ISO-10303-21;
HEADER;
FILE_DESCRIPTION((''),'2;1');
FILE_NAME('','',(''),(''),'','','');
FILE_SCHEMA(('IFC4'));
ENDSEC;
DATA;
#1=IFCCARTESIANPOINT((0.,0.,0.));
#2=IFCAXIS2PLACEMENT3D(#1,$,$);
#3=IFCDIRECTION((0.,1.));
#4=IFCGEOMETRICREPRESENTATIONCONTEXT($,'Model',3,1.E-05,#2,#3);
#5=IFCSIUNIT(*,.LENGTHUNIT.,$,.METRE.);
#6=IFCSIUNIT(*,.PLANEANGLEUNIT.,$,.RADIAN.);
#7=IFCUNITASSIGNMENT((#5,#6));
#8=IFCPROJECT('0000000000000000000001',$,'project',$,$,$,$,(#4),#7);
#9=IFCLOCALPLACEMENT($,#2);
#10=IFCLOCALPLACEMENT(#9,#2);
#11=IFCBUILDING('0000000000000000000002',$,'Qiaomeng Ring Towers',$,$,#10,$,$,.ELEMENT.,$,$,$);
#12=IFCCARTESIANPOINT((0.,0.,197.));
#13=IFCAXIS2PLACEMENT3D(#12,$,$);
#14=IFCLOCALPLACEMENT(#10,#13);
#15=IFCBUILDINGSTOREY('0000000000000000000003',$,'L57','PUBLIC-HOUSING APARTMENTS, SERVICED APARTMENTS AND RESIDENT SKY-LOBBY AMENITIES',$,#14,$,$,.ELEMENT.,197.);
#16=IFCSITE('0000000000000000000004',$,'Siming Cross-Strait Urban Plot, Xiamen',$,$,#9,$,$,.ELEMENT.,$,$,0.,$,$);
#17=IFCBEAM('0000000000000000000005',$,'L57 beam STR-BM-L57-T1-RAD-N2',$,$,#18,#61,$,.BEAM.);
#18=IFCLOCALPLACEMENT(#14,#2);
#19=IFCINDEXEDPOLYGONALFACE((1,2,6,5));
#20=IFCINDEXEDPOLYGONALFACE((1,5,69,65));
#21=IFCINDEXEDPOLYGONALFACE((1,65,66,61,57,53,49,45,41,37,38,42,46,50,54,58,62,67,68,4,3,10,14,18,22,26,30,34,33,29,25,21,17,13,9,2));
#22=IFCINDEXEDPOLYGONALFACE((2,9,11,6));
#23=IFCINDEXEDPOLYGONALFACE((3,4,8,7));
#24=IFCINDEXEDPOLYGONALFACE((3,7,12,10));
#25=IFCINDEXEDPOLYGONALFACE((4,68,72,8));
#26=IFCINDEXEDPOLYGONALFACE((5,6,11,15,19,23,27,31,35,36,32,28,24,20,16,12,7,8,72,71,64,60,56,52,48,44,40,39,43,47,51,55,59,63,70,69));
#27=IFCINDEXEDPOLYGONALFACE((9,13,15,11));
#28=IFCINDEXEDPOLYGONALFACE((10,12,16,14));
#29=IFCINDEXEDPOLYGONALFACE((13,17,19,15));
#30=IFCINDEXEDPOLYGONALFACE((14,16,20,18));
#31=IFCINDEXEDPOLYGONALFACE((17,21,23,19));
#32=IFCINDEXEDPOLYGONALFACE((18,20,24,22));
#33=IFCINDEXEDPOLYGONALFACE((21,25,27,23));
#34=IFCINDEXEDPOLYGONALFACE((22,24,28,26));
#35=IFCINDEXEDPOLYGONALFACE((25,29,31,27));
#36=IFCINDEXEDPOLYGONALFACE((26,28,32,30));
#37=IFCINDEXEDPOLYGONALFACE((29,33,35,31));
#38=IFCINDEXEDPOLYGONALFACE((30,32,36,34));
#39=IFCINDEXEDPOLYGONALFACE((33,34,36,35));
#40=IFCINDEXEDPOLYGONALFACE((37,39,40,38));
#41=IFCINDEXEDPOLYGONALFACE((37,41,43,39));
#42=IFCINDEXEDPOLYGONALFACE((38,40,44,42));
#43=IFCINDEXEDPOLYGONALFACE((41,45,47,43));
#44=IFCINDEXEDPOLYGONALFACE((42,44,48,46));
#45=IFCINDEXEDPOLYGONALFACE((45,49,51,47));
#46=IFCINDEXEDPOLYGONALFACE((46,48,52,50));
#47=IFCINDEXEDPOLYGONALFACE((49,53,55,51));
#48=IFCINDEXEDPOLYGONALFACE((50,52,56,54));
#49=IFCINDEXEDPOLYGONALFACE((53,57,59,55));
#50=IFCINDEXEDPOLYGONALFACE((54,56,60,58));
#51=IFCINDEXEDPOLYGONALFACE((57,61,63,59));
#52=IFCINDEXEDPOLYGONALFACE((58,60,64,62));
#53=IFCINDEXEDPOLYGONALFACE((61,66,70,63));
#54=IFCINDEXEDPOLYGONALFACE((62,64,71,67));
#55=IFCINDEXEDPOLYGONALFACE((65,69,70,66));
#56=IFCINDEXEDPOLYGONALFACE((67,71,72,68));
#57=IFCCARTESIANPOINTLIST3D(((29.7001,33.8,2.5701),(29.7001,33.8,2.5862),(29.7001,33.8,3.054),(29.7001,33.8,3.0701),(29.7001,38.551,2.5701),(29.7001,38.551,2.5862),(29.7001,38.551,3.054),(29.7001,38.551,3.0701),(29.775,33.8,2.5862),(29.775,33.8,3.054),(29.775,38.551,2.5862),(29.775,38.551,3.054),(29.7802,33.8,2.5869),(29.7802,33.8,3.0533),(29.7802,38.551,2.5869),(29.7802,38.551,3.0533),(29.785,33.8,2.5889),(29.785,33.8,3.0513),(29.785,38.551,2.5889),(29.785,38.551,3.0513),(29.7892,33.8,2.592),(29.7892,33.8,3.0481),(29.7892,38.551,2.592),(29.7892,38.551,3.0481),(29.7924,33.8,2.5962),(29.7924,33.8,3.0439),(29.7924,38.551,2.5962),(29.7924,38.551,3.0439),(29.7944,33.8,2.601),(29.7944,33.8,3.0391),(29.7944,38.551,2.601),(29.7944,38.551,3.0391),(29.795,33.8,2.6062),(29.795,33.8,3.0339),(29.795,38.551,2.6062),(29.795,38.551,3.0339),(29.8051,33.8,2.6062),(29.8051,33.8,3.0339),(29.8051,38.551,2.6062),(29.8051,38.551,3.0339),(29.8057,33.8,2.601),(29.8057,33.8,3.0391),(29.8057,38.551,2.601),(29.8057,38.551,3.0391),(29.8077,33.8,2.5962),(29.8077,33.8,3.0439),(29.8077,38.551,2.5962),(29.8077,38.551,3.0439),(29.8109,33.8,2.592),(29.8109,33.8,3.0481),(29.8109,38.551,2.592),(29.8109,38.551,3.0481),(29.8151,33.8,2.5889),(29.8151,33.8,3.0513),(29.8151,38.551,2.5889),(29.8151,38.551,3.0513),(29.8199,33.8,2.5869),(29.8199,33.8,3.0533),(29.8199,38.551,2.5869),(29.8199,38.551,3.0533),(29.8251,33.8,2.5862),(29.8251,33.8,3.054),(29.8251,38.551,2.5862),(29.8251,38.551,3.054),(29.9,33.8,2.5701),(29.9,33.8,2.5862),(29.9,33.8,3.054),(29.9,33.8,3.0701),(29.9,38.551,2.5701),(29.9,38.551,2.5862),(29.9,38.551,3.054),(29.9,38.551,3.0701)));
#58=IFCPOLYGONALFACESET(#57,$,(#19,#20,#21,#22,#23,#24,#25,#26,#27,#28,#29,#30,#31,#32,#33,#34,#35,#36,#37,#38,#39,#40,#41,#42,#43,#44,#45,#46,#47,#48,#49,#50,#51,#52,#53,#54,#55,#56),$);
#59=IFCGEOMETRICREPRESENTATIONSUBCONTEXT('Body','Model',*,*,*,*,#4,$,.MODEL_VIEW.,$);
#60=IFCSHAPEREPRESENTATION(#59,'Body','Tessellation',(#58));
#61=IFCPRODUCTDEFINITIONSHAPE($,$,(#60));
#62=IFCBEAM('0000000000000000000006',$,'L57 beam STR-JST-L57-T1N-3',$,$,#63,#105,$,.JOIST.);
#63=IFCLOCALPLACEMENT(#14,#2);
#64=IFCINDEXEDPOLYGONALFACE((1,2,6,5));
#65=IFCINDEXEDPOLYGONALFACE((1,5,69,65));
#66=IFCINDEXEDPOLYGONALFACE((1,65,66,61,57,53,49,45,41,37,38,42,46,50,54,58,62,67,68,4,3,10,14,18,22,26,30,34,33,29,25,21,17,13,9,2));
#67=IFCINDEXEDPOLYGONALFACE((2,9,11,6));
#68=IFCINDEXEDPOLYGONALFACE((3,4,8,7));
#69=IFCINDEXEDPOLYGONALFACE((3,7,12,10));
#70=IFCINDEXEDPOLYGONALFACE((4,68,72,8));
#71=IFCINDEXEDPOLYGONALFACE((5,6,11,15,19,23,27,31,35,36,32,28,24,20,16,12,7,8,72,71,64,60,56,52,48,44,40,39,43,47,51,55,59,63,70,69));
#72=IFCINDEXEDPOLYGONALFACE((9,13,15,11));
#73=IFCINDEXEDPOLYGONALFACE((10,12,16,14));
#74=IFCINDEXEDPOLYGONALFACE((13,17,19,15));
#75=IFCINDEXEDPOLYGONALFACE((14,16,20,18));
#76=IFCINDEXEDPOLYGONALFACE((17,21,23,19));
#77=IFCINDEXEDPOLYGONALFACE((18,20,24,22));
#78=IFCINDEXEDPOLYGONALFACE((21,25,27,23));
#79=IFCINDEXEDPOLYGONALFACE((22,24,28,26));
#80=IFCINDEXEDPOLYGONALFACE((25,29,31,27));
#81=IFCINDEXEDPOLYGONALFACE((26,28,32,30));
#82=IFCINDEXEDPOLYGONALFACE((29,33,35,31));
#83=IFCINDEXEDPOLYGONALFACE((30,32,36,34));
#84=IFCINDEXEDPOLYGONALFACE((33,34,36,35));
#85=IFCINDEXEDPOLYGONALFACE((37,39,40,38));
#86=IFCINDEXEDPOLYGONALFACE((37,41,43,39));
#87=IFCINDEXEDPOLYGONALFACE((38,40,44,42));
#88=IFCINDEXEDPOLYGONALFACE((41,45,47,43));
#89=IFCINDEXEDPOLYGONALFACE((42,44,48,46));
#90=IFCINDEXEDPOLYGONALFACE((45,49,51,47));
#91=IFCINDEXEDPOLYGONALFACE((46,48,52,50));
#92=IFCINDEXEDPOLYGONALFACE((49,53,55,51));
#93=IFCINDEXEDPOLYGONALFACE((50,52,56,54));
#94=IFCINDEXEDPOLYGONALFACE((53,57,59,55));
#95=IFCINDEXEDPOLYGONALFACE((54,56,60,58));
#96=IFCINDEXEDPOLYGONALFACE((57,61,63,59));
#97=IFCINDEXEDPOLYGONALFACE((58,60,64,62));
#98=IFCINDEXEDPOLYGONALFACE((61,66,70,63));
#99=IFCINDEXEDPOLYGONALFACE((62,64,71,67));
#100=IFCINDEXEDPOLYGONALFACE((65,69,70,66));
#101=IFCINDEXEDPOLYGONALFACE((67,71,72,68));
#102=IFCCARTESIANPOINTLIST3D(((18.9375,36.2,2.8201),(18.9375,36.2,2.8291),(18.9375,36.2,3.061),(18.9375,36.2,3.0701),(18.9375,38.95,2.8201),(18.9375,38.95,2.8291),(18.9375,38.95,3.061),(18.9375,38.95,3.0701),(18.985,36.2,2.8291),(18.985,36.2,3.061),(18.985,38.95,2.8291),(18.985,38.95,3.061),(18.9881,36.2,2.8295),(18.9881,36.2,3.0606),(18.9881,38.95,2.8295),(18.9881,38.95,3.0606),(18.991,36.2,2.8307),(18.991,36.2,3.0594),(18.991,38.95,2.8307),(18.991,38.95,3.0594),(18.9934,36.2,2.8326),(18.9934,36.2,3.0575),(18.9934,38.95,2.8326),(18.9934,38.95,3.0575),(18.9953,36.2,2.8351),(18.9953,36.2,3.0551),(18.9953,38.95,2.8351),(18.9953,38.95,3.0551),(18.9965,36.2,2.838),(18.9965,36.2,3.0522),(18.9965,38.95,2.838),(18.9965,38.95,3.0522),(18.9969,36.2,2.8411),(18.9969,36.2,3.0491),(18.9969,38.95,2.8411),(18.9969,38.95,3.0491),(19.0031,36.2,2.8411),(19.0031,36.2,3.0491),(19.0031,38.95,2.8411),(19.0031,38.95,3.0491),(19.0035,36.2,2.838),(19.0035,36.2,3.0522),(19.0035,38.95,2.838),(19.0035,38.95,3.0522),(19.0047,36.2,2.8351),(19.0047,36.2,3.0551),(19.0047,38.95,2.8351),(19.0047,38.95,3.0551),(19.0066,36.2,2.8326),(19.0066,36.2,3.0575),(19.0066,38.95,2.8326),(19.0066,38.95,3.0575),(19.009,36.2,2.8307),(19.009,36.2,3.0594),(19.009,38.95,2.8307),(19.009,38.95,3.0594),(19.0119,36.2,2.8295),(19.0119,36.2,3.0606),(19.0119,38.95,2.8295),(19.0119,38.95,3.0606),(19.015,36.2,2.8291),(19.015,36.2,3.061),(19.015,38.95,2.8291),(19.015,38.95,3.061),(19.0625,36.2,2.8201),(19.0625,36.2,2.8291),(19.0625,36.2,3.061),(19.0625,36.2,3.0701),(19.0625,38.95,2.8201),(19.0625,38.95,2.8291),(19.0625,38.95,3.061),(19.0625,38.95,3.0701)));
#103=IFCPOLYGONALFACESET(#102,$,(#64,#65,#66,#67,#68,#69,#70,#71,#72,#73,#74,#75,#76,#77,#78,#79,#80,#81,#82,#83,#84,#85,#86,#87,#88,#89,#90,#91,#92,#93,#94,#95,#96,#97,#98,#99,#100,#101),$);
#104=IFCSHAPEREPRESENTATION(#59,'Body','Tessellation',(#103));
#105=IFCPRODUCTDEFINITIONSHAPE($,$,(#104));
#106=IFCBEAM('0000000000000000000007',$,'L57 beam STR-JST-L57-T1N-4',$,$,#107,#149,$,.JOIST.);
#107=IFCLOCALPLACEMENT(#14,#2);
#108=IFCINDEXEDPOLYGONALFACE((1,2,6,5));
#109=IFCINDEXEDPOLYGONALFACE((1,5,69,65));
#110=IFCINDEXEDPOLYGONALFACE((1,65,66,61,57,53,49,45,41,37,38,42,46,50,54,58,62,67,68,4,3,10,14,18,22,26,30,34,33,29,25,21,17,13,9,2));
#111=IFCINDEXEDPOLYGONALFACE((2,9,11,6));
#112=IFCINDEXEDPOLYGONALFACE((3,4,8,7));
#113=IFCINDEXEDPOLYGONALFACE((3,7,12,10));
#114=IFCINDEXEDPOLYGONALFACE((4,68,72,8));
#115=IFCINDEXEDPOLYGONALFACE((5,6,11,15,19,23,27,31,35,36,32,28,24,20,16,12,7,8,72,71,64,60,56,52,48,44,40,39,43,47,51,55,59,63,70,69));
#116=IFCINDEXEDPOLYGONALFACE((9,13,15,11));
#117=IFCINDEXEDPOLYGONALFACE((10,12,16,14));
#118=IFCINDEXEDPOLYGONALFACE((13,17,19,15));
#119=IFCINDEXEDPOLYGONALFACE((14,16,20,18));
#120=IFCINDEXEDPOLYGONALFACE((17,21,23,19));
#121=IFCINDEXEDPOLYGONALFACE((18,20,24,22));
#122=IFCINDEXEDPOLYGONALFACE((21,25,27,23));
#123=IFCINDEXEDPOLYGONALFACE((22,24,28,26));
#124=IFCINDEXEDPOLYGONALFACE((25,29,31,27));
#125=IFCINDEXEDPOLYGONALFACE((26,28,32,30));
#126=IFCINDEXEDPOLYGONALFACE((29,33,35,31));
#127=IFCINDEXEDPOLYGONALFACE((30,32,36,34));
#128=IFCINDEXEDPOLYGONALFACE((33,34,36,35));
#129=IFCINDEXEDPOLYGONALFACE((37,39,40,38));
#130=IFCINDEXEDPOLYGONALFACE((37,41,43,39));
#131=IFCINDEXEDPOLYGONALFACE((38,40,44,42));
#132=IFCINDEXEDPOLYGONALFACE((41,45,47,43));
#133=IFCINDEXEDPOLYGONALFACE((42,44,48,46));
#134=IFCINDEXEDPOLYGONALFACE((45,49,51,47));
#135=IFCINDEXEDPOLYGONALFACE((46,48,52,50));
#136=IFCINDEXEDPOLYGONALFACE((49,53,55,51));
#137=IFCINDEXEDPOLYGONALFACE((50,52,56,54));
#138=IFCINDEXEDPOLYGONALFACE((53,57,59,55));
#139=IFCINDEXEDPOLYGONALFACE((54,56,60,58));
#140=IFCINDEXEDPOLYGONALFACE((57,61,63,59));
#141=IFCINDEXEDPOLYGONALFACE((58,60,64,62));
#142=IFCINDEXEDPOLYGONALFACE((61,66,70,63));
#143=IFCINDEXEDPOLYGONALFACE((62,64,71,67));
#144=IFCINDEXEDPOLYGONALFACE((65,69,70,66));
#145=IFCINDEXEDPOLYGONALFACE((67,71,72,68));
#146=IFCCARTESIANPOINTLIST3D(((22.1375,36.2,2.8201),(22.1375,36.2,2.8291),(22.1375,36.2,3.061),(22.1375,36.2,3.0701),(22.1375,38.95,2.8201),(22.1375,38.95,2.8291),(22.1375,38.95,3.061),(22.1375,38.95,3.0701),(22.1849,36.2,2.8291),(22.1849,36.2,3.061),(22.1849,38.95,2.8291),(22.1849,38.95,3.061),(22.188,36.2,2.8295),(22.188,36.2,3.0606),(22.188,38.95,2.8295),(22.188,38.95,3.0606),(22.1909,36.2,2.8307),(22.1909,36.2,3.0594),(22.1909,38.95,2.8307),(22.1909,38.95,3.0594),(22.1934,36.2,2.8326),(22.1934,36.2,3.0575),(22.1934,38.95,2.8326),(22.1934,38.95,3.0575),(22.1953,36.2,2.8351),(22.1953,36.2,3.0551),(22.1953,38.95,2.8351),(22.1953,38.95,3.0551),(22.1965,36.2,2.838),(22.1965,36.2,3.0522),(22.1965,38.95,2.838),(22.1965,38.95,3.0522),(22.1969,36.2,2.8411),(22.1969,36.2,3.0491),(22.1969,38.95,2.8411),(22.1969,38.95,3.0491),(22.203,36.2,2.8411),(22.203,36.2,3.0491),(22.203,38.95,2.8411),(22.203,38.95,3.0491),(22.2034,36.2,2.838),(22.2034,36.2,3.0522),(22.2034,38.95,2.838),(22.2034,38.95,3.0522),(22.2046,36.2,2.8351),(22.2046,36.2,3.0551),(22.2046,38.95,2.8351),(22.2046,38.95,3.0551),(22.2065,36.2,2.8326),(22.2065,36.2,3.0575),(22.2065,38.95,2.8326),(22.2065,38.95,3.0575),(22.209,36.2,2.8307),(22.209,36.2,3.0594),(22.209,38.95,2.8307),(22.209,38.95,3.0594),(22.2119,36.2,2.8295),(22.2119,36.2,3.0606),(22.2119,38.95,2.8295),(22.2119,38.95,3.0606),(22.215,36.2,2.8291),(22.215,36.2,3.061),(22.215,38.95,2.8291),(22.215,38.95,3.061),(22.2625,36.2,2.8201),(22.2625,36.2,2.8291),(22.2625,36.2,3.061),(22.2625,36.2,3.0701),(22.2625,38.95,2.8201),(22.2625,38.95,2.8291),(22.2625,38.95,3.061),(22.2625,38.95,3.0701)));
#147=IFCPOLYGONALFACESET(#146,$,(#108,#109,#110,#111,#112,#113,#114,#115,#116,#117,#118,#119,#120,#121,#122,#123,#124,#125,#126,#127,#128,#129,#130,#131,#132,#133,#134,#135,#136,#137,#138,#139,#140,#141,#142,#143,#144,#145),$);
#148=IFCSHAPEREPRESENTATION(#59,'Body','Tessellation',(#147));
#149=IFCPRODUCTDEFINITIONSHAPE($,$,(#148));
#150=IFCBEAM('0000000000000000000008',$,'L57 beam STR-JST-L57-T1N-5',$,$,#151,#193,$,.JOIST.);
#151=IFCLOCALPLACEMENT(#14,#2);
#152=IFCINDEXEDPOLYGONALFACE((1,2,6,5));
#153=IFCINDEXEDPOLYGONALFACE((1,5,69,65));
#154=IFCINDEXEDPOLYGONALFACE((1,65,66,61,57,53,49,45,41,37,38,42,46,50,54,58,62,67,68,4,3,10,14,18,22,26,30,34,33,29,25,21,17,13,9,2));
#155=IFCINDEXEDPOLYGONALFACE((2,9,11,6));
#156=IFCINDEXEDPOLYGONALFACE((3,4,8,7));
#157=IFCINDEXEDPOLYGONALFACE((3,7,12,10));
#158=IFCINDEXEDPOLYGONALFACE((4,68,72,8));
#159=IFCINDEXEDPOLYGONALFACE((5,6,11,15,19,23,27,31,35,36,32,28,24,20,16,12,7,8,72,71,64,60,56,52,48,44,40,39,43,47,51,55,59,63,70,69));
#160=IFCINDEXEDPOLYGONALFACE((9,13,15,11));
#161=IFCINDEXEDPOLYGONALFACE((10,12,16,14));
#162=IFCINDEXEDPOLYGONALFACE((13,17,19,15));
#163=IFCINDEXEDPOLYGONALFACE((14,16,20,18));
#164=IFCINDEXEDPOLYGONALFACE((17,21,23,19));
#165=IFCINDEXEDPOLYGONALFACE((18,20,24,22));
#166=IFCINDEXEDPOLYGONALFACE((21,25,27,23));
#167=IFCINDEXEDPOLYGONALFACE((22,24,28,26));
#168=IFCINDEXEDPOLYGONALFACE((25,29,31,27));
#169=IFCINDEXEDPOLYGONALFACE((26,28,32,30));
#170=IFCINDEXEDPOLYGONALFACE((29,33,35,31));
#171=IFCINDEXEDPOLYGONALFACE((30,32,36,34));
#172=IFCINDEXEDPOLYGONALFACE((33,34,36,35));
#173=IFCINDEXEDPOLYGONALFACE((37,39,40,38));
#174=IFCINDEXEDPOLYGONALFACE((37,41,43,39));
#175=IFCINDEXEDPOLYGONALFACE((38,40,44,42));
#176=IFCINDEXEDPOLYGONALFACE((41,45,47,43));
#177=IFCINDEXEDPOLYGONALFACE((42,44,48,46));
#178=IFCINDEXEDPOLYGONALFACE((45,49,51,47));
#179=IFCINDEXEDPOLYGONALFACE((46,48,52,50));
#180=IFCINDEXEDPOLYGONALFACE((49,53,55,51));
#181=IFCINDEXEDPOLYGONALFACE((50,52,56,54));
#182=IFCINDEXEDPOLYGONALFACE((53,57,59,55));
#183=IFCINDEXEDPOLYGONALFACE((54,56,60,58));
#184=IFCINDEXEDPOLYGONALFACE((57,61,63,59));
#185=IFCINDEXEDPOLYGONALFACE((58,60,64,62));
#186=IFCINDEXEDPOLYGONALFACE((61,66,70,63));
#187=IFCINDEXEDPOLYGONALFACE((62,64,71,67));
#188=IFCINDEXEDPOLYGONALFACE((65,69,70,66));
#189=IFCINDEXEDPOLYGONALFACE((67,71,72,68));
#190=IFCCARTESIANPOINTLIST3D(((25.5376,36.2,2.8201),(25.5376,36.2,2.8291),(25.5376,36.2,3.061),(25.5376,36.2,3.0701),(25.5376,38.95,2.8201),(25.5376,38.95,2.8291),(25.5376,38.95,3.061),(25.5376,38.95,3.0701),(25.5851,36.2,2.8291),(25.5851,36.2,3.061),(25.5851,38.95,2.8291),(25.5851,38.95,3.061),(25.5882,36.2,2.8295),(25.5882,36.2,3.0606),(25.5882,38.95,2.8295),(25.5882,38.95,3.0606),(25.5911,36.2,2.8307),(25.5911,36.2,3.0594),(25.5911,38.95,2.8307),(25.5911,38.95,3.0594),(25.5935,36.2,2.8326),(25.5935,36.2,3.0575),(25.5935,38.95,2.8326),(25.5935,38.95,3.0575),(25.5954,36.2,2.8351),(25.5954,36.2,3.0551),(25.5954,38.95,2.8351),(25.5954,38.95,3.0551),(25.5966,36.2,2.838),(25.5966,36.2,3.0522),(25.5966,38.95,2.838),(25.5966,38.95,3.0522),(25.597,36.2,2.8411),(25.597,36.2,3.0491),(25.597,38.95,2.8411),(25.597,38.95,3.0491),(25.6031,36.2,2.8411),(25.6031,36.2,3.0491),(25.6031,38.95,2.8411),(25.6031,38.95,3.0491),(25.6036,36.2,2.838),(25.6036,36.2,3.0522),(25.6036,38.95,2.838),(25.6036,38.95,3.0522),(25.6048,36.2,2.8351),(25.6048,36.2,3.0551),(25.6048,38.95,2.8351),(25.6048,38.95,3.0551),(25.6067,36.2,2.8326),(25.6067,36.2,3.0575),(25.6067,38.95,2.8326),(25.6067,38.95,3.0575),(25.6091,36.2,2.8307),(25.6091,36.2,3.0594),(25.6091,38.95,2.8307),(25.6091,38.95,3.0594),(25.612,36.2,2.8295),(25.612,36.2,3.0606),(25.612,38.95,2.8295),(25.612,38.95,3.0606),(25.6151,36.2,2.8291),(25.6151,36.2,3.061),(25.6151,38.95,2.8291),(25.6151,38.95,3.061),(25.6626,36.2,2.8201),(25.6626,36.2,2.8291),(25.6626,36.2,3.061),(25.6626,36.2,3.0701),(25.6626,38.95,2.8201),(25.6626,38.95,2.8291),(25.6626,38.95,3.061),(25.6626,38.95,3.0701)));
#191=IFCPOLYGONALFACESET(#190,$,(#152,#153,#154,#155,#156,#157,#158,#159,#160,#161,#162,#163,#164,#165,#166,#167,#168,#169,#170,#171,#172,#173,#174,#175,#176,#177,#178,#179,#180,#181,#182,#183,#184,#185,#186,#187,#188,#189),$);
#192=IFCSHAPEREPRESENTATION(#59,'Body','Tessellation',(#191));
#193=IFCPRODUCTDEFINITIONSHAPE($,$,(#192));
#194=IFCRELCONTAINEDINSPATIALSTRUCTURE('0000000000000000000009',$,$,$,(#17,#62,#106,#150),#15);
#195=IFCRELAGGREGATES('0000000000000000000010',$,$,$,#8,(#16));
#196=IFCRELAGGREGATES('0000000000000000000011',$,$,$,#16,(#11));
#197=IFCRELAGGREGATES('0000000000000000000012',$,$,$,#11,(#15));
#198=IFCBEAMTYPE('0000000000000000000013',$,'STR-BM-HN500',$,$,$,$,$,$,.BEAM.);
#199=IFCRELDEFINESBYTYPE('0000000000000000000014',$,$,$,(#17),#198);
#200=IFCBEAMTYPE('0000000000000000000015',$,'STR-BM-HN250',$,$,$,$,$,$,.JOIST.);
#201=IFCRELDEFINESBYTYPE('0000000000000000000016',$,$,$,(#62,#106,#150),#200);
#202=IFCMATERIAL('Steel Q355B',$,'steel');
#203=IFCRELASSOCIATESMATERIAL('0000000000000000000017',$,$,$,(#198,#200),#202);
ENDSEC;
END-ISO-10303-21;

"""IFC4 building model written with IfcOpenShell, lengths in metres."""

from ifc_helpers import new_model, si_unit, direction, frame, origin, origin_2d, place, context, subcontext, project, spatial, i_section, extrude, source, transform, mapped, material, material_profile, profile_set, type_object, element, save


model = new_model("IFC4")

# Units and contexts
model_context = context("Model", 3, precision=1e-05, world=origin(), true_north=direction((0.0, 1.0)))
body_context = subcontext(model_context, "Body", "Model", "MODEL_VIEW")
ifc_project = project(units=[si_unit("LENGTHUNIT", "METRE"), si_unit("PLANEANGLEUNIT", "RADIAN")], contexts=[model_context])

# Site, building, storey
site_placement = place(None, origin())
site = spatial("IfcSite", under=ifc_project, at=site_placement, Name="Siming Cross-Strait Urban Plot, Xiamen", CompositionType="ELEMENT", RefElevation=0.0)
building_placement = place(site_placement, origin())
building = spatial("IfcBuilding", under=site, at=building_placement, Name="Qiaomeng Ring Towers", CompositionType="ELEMENT")
storey_placement = place(building_placement, frame((0.0, 0.0, 197.0)))
storey = spatial("IfcBuildingStorey", under=building, at=storey_placement, Name="L57", Description="PUBLIC-HOUSING APARTMENTS, SERVICED APARTMENTS AND RESIDENT SKY-LOBBY AMENITIES", CompositionType="ELEMENT", Elevation=197.0)

# Beams
ifc_material_1 = material(Name="Steel Q355B", Category="steel")
ifc_material_profile_1 = material_profile(ifc_material_1, i_section(OverallWidth=0.2, OverallDepth=0.5, WebThickness=0.01, FlangeThickness=0.0161, FilletRadius=0.02, at=origin_2d()), Name="HN 500x200x10x16")
ifc_profile_set_1 = profile_set([ifc_material_profile_1], Name="Steel Q355B")
beam_type_1 = type_object("IfcBeamType", Name="STR-BM-HN500", PredefinedType="BEAM", material=ifc_profile_set_1)
shared_shape_1 = source(origin(), body_context, "Body", "SweptSolid", [
    extrude(i_section(OverallWidth=0.2, OverallDepth=0.5, WebThickness=0.01, FlangeThickness=0.0161, FilletRadius=0.02, at=origin_2d()), origin(), (0.0, 0.0, 1.0), 4.751),
])
beam_1_placement = place(storey_placement, frame((29.8, 38.551, 2.8201), z_axis=(0.0, -1.0, 0.0), x_axis=(1.0, 0.0, 0.0)))
element("IfcBeam", 1, at=beam_1_placement, inside=storey, type_object=beam_type_1, Name="L57 beam STR-BM-L57-T1-RAD-N2", PredefinedType="BEAM", context=body_context, shape_type="MappedRepresentation", body=[
    mapped(shared_shape_1, transform((0.0, 0.0, 0.0), x_axis=(1.0, 0.0, 0.0), y_axis=(0.0, 1.0, 0.0), z_axis=(0.0, 0.0, 1.0), scale=1.0)),
])
ifc_material_profile_2 = material_profile(ifc_material_1, i_section(OverallWidth=0.125, OverallDepth=0.25, WebThickness=0.0061, FlangeThickness=0.009, FilletRadius=0.012, at=origin_2d()), Name="HN 250x125x6x9")
ifc_profile_set_2 = profile_set([ifc_material_profile_2], Name="Steel Q355B")
beam_type_2 = type_object("IfcBeamType", Name="STR-BM-HN250", PredefinedType="JOIST", material=ifc_profile_set_2)
shared_shape_2 = source(origin(), body_context, "Body", "SweptSolid", [
    extrude(i_section(OverallWidth=0.125, OverallDepth=0.25, WebThickness=0.0061, FlangeThickness=0.009, FilletRadius=0.012, at=origin_2d()), origin(), (0.0, 0.0, 1.0), 2.75),
])
for number, where, z_axis, x_axis, name in (
    (2, (19.0, 36.2, 2.9451), (0.0, 1.0, 0.0), (-1.0, 0.0, 0.0), "L57 beam STR-JST-L57-T1N-3"),
    (3, (22.2, 36.2, 2.9451), (0.0, 1.0, 0.0), (-1.0, 0.0, 0.0), "L57 beam STR-JST-L57-T1N-4"),
    (4, (25.6001, 36.2, 2.9451), (0.0, 1.0, 0.0), (-1.0, 0.0, 0.0), "L57 beam STR-JST-L57-T1N-5"),
):
    element("IfcBeam", number, at=place(storey_placement, frame(where, z_axis=z_axis, x_axis=x_axis)), inside=storey, type_object=beam_type_2, Name=name, PredefinedType="JOIST", context=body_context, shape_type="MappedRepresentation", body=[
        mapped(shared_shape_2, transform((0.0, 0.0, 0.0), x_axis=(1.0, 0.0, 0.0), y_axis=(0.0, 1.0, 0.0), z_axis=(0.0, 0.0, 1.0), scale=1.0)),
    ])

save(model, "model.ifc")
